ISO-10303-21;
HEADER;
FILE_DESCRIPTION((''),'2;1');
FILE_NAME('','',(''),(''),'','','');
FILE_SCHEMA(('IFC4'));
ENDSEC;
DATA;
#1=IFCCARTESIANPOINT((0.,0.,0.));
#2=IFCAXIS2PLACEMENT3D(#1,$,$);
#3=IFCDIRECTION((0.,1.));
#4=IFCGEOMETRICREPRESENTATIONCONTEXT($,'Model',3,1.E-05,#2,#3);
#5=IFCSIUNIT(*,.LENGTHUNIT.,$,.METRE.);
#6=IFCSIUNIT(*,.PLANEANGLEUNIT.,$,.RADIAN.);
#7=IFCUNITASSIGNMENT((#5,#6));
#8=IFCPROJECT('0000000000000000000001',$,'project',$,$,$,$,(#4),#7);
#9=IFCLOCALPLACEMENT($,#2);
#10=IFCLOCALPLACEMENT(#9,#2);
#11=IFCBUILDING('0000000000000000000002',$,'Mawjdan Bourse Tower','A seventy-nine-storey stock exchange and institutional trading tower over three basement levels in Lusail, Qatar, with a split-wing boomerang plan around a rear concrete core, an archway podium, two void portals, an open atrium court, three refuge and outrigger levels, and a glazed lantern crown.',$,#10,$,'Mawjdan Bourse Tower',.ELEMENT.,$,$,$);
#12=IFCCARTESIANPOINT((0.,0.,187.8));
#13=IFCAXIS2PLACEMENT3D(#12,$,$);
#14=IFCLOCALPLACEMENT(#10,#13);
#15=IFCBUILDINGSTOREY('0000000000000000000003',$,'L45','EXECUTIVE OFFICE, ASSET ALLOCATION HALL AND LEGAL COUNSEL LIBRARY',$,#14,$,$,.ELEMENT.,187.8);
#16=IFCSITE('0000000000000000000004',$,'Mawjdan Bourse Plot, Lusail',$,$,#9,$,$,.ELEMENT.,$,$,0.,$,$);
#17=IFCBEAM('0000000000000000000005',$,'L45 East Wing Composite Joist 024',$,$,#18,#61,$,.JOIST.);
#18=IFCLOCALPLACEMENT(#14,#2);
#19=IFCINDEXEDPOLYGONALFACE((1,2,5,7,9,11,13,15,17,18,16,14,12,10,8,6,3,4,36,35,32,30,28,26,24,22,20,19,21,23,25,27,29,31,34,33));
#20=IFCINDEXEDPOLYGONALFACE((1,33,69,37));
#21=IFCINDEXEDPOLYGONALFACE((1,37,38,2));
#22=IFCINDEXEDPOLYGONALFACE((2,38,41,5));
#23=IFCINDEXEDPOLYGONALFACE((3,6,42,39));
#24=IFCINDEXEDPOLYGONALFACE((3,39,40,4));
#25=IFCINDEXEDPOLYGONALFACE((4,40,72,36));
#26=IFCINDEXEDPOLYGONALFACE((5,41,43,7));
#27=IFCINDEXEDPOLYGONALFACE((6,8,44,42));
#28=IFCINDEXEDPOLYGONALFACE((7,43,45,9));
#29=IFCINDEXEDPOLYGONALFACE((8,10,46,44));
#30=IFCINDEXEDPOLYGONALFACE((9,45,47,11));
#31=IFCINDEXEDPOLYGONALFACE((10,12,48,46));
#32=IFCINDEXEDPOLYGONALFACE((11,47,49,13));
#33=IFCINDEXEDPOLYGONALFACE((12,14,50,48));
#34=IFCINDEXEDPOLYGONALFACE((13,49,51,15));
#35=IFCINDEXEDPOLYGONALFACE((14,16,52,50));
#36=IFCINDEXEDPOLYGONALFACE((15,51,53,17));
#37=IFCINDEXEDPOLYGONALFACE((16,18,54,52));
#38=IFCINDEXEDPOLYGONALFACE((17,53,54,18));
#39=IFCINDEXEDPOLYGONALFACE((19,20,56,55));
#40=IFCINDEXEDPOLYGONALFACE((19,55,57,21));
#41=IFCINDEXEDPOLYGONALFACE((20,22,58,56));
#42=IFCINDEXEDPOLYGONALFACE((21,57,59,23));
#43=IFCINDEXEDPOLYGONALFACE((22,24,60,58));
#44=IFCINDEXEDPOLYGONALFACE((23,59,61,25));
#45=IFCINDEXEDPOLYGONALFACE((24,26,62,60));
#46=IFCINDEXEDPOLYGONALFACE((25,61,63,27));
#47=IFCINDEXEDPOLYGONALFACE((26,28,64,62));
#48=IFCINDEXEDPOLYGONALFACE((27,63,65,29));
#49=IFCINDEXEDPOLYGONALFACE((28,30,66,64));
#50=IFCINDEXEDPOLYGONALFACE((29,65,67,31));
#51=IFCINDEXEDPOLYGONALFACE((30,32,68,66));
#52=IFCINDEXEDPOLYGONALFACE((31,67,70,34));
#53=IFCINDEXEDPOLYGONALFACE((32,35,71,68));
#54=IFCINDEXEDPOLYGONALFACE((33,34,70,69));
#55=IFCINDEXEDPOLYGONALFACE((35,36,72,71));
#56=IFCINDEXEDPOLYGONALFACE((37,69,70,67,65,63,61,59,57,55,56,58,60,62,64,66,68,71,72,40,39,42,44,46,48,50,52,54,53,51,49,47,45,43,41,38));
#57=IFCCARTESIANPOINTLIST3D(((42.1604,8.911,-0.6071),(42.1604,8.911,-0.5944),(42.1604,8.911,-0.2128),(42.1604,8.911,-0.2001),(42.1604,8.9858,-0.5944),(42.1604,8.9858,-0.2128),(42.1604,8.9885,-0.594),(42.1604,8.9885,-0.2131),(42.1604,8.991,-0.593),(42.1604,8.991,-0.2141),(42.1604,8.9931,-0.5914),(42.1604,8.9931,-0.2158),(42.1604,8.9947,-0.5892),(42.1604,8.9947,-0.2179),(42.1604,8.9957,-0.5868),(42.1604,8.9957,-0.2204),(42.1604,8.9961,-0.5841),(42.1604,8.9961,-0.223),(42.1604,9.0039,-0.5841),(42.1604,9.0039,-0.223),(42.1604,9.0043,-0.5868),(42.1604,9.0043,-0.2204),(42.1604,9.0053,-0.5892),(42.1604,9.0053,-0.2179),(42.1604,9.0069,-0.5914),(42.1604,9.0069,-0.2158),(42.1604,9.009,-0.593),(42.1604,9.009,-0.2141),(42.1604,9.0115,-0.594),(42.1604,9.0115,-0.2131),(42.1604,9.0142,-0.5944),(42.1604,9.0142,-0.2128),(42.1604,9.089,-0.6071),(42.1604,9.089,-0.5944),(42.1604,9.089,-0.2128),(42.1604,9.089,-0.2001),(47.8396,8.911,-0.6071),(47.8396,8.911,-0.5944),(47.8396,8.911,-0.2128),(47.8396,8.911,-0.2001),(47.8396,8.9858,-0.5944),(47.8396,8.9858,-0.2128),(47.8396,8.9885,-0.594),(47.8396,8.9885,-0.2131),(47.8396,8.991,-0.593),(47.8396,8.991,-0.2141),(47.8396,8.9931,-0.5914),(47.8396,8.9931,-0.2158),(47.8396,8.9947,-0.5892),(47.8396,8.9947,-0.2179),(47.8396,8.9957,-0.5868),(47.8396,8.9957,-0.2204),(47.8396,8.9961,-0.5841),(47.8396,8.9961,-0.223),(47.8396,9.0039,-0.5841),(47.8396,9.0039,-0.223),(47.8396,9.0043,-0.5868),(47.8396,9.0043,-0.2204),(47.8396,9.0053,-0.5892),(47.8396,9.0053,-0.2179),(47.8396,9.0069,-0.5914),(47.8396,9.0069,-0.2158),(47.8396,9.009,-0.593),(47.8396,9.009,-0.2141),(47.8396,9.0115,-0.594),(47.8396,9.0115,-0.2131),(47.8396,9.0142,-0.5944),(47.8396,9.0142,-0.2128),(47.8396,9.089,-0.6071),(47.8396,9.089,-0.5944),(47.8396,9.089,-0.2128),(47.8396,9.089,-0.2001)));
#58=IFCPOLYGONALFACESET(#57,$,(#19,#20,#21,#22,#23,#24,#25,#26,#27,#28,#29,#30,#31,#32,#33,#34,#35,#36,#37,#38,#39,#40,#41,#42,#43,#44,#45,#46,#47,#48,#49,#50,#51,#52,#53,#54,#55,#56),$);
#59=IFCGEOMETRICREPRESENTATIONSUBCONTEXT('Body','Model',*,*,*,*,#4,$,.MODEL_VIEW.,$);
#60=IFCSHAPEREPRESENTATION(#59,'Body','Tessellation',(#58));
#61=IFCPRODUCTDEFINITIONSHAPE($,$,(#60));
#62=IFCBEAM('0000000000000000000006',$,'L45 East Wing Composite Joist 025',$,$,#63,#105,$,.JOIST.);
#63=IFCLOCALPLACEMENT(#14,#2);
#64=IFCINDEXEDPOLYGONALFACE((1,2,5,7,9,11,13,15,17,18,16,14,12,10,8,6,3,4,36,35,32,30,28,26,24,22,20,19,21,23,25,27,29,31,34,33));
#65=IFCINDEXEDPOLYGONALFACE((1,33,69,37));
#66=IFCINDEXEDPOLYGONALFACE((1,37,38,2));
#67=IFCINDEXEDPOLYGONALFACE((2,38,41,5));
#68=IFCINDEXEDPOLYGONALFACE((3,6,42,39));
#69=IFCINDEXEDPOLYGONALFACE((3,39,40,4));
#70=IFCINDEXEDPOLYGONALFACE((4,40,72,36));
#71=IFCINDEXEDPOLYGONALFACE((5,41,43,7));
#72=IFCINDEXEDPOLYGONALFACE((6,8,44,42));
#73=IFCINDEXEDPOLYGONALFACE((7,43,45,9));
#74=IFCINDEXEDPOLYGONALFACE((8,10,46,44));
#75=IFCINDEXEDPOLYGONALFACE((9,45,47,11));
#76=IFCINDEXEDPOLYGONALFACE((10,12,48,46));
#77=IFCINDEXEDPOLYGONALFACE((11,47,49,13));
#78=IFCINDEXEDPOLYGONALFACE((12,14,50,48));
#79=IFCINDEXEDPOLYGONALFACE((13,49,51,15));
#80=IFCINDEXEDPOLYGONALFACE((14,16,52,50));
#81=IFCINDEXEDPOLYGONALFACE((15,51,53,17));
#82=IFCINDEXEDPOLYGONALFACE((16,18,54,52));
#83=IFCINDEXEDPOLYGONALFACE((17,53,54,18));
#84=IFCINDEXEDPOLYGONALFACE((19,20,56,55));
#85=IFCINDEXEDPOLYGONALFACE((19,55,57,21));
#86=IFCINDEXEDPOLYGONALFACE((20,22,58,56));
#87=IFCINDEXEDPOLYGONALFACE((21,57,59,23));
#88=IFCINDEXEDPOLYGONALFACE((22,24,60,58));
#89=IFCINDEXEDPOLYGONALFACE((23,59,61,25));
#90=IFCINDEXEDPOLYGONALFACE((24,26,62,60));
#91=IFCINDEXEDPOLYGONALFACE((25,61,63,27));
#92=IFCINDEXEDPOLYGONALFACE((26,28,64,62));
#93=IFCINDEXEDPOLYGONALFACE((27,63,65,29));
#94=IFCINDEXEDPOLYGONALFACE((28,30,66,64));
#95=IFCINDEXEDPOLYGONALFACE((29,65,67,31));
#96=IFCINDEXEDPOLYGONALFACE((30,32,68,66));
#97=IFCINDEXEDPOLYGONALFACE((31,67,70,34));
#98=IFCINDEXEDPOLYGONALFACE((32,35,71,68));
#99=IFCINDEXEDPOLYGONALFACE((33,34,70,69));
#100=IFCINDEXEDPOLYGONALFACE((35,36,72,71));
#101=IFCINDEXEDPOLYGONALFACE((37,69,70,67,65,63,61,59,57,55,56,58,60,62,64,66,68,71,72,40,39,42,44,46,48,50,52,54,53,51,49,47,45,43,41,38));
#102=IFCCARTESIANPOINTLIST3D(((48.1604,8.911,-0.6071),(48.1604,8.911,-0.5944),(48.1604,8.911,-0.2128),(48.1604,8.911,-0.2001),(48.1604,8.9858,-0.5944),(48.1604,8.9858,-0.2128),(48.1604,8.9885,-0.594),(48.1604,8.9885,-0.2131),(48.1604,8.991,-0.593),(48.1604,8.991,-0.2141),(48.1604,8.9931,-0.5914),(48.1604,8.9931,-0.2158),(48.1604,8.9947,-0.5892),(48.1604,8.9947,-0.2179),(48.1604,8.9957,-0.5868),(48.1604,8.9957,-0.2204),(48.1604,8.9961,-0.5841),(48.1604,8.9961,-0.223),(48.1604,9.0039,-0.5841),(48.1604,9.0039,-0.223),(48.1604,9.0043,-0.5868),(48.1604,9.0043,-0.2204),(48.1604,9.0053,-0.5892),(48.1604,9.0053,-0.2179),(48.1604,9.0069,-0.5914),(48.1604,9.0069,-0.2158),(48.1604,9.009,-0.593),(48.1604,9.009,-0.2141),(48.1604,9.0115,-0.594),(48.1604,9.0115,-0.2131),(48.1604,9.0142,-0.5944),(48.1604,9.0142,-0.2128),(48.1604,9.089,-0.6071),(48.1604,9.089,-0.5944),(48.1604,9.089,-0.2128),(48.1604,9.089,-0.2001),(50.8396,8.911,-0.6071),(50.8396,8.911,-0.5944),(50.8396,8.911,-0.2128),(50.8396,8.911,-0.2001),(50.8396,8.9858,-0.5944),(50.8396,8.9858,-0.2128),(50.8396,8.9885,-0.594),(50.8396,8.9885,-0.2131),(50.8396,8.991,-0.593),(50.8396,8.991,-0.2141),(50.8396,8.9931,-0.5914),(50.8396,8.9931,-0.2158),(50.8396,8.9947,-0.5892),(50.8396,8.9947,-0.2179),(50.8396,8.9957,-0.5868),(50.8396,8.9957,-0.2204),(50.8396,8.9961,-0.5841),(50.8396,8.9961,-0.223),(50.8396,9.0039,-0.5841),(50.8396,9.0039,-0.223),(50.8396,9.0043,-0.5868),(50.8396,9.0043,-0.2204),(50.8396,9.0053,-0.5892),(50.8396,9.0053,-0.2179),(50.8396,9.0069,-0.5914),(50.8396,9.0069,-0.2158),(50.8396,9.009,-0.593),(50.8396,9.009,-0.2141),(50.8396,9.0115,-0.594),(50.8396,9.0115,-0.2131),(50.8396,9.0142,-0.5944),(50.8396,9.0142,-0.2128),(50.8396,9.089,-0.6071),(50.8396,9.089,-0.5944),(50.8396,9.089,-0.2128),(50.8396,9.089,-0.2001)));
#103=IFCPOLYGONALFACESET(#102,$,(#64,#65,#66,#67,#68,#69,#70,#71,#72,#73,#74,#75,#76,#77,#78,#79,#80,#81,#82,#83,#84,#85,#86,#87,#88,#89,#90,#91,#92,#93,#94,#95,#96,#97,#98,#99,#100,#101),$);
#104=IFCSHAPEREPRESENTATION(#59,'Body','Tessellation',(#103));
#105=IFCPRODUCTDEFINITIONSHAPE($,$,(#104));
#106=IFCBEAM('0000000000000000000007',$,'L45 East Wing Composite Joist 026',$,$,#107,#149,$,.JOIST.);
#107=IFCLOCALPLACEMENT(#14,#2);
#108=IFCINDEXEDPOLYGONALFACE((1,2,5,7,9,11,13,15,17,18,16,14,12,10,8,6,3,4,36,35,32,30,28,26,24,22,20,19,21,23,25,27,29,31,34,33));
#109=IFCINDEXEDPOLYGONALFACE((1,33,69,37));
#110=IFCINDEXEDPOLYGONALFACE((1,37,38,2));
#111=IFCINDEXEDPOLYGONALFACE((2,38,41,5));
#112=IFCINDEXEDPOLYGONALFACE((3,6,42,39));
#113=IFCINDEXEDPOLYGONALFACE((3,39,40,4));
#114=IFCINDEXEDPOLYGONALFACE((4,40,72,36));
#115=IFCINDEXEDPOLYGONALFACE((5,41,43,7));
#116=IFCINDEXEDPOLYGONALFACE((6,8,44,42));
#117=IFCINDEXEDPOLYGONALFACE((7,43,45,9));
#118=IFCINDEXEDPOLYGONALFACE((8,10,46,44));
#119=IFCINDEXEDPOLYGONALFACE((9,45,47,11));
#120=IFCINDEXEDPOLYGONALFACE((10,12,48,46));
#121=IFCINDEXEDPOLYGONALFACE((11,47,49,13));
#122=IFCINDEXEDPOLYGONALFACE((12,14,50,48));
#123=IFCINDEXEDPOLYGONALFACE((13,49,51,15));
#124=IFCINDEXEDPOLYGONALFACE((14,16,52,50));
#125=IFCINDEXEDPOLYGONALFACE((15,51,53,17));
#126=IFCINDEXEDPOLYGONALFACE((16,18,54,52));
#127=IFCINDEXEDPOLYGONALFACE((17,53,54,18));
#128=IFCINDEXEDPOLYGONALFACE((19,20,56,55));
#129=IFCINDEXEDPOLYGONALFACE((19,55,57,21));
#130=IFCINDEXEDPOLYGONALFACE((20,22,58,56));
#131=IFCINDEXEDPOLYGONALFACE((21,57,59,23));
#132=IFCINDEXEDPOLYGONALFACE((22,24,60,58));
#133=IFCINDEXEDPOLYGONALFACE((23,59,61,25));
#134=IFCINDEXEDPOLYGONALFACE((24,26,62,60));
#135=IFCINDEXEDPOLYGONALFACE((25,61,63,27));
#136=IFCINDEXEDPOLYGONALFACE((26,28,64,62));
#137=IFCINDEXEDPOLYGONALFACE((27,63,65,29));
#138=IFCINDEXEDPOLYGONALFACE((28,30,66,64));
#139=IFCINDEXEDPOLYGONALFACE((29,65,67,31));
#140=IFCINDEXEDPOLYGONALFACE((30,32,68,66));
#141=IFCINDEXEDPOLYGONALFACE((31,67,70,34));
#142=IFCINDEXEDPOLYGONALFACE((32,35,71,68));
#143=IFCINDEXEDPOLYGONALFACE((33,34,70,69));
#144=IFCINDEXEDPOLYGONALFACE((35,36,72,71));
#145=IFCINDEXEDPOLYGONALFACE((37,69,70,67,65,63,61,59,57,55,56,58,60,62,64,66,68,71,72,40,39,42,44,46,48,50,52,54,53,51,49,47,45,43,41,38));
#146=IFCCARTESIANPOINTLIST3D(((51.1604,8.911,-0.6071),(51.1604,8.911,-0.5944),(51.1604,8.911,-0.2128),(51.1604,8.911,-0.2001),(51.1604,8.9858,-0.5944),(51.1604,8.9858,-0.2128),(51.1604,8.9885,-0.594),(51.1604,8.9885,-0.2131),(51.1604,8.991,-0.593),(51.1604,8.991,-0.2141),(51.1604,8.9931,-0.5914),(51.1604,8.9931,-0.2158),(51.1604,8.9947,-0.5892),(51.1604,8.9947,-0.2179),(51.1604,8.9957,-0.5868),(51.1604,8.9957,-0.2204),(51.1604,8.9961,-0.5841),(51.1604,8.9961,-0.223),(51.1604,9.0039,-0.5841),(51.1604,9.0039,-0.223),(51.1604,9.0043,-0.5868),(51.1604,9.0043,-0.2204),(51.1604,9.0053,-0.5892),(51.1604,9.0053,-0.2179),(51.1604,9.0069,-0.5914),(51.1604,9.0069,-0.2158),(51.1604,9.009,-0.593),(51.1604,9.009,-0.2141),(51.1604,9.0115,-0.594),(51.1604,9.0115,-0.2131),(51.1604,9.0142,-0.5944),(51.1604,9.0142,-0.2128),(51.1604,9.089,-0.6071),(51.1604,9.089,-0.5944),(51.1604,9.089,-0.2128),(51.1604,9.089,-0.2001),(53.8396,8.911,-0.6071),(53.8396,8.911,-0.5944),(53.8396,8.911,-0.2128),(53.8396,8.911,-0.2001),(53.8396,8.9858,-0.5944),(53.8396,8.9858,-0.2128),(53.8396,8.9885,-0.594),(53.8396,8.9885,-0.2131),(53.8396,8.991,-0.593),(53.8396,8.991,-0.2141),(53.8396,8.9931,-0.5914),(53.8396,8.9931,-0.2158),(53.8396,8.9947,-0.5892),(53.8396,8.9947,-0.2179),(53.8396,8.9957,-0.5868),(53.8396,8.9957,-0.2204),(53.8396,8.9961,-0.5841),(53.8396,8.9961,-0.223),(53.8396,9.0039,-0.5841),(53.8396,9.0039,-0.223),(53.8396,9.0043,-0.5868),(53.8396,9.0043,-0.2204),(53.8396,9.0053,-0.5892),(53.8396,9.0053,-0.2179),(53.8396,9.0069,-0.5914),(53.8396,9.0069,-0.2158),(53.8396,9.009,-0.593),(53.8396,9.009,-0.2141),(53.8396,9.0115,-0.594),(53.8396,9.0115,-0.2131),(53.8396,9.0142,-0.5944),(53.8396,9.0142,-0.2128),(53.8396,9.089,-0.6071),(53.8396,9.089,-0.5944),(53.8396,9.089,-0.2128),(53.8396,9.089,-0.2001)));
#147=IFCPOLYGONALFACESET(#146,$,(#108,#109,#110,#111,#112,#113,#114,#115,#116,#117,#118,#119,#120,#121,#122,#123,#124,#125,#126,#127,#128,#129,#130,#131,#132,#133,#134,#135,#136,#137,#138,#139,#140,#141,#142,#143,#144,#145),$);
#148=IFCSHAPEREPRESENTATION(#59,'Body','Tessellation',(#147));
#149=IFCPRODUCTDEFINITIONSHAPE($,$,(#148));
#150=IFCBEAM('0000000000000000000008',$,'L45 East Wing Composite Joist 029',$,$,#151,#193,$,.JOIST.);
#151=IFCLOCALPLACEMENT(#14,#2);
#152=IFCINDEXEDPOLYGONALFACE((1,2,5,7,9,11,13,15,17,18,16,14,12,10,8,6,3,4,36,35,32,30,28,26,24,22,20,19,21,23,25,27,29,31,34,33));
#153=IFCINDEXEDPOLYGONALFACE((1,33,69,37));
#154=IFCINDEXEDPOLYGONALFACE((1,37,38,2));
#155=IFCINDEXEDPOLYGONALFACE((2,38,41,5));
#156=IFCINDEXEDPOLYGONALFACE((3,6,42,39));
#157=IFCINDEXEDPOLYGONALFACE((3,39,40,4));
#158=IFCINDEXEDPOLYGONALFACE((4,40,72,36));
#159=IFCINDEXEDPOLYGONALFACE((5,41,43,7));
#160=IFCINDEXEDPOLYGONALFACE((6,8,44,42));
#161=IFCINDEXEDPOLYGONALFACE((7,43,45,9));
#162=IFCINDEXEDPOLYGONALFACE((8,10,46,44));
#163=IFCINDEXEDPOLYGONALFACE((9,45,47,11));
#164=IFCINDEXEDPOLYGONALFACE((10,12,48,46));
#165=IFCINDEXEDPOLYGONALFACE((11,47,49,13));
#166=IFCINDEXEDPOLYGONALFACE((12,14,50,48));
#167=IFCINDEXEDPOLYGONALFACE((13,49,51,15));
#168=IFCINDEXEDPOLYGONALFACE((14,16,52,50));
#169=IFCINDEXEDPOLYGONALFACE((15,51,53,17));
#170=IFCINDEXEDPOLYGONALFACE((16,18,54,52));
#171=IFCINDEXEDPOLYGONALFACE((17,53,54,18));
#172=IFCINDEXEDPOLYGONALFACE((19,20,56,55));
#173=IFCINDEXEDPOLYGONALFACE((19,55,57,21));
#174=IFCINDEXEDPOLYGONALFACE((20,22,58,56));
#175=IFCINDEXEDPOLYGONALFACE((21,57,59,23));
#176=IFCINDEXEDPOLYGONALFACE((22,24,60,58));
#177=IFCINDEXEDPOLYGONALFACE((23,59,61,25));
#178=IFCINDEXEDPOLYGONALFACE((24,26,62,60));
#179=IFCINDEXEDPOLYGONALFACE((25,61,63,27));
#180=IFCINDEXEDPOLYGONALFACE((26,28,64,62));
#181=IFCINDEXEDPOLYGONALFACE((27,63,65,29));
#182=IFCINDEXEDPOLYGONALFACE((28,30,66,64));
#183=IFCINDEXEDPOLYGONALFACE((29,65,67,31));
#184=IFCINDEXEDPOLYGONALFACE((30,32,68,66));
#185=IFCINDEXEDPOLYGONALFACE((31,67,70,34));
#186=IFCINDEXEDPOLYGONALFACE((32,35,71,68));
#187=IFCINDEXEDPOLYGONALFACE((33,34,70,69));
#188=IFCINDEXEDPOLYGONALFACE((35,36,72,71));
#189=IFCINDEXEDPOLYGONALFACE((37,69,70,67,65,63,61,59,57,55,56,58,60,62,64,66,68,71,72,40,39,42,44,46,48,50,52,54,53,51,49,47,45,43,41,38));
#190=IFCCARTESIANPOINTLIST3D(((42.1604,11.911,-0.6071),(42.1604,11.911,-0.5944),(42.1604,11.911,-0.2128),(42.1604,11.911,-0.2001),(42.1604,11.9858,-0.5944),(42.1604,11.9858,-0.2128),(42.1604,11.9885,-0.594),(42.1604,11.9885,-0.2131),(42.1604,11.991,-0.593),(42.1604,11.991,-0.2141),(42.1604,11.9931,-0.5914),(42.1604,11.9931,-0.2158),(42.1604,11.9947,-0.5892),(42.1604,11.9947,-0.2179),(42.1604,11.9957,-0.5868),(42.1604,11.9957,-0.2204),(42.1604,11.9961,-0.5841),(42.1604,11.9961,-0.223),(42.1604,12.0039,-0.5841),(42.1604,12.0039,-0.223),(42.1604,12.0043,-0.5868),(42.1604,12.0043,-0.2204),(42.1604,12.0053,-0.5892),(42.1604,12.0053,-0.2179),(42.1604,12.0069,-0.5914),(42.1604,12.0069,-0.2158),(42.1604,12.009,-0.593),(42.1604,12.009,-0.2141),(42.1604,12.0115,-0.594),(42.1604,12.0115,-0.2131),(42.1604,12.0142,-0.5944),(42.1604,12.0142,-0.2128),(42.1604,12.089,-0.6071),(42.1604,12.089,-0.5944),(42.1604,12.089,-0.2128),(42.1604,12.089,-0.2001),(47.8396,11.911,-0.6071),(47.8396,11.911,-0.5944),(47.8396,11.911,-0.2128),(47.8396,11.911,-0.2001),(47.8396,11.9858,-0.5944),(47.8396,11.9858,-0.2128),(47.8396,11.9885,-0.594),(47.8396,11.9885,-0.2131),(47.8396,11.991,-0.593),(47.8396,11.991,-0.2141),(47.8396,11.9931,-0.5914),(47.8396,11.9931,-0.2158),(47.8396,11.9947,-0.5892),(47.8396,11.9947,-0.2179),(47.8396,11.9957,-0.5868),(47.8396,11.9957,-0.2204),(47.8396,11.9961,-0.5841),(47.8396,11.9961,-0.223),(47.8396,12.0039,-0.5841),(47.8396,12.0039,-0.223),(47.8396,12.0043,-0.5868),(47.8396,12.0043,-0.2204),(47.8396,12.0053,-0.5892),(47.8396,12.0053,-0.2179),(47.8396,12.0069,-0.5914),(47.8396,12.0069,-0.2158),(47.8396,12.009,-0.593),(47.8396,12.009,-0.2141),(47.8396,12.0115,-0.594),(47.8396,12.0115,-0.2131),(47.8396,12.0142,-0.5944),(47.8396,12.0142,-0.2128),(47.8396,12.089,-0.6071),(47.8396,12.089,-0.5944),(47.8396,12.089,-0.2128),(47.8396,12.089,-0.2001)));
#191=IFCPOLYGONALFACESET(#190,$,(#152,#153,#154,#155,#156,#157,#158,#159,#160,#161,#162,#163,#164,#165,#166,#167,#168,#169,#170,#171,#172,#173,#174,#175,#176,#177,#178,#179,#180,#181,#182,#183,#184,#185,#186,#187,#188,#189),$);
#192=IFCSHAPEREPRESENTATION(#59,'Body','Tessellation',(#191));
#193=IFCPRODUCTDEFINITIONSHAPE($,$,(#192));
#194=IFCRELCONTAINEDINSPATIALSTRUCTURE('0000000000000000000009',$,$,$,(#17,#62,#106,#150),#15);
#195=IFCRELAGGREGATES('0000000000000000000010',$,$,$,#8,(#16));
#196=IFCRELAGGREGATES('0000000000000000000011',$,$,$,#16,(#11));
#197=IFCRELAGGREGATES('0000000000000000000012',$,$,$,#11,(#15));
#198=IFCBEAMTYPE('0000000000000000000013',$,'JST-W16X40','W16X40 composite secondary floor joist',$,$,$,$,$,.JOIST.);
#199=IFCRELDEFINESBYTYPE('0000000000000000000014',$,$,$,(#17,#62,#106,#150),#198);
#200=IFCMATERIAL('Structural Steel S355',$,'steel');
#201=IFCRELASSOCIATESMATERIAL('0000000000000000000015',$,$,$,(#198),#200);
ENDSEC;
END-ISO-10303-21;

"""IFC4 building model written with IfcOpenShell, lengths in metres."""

from ifc_helpers import new_model, si_unit, direction, frame, origin, origin_2d, place, context, subcontext, project, spatial, i_section, extrude, material, material_profile, profile_set, type_object, element, save


model = new_model("IFC4")

# Units and contexts
model_context = context("Model", 3, precision=1e-05, world=origin(), true_north=direction((0.0, 1.0)))
body_context = subcontext(model_context, "Body", "Model", "MODEL_VIEW")
ifc_project = project(units=[si_unit("LENGTHUNIT", "METRE"), si_unit("PLANEANGLEUNIT", "RADIAN")], contexts=[model_context])

# Site, building, storey
site_placement = place(None, origin())
site = spatial("IfcSite", under=ifc_project, at=site_placement, Name="Mawjdan Bourse Plot, Lusail", CompositionType="ELEMENT", RefElevation=0.0)
building_placement = place(site_placement, origin())
building = spatial("IfcBuilding", under=site, at=building_placement, Name="Mawjdan Bourse Tower", Description="A seventy-nine-storey stock exchange and institutional trading tower over three basement levels in Lusail, Qatar, with a split-wing boomerang plan around a rear concrete core, an archway podium, two void portals, an open atrium court, three refuge and outrigger levels, and a glazed lantern crown.", LongName="Mawjdan Bourse Tower", CompositionType="ELEMENT")
storey_placement = place(building_placement, frame((0.0, 0.0, 187.8)))
storey = spatial("IfcBuildingStorey", under=building, at=storey_placement, Name="L45", Description="EXECUTIVE OFFICE, ASSET ALLOCATION HALL AND LEGAL COUNSEL LIBRARY", CompositionType="ELEMENT", Elevation=187.8)

# Beams
ifc_material_1 = material(Name="Structural Steel S355", Category="steel")
ifc_material_profile_1 = material_profile(ifc_material_1, i_section(OverallWidth=0.178, OverallDepth=0.407, WebThickness=0.0078, FlangeThickness=0.0127, FilletRadius=0.0103, at=origin_2d()), Name="W16X40")
ifc_profile_set_1 = profile_set([ifc_material_profile_1], Name="Structural Steel S355")
beam_type_1 = type_object("IfcBeamType", Name="JST-W16X40", Description="W16X40 composite secondary floor joist", PredefinedType="JOIST", material=ifc_profile_set_1)
beam_1_placement = place(storey_placement, frame((42.1604, 9.0, -0.4036), z_axis=(1.0, 0.0, 0.0), x_axis=(0.0, 1.0, 0.0)))
element("IfcBeam", 1, at=beam_1_placement, inside=storey, type_object=beam_type_1, Name="L45 East Wing Composite Joist 024", PredefinedType="JOIST", context=body_context, shape_type="SweptSolid", body=[
    extrude(i_section(OverallWidth=0.178, OverallDepth=0.407, WebThickness=0.0078, FlangeThickness=0.0127, FilletRadius=0.0103, at=origin_2d()), origin(), (0.0, 0.0, 1.0), 5.6792),
])
for number, where, z_axis, x_axis, name in (
    (2, (48.1604, 9.0, -0.4036), (1.0, 0.0, 0.0), (0.0, 1.0, 0.0), "L45 East Wing Composite Joist 025"),
    (3, (51.1604, 9.0, -0.4036), (1.0, 0.0, 0.0), (0.0, 1.0, 0.0), "L45 East Wing Composite Joist 026"),
):
    element("IfcBeam", number, at=place(storey_placement, frame(where, z_axis=z_axis, x_axis=x_axis)), inside=storey, type_object=beam_type_1, Name=name, PredefinedType="JOIST", context=body_context, shape_type="SweptSolid", body=[
        extrude(i_section(OverallWidth=0.178, OverallDepth=0.407, WebThickness=0.0078, FlangeThickness=0.0127, FilletRadius=0.0103, at=origin_2d()), origin(), (0.0, 0.0, 1.0), 2.6792),
    ])
beam_2_placement = place(storey_placement, frame((42.1604, 12.0, -0.4036), z_axis=(1.0, 0.0, 0.0), x_axis=(0.0, 1.0, 0.0)))
element("IfcBeam", 4, at=beam_2_placement, inside=storey, type_object=beam_type_1, Name="L45 East Wing Composite Joist 029", PredefinedType="JOIST", context=body_context, shape_type="SweptSolid", body=[
    extrude(i_section(OverallWidth=0.178, OverallDepth=0.407, WebThickness=0.0078, FlangeThickness=0.0127, FilletRadius=0.0103, at=origin_2d()), origin(), (0.0, 0.0, 1.0), 5.6792),
])

save(model, "model.ifc")
